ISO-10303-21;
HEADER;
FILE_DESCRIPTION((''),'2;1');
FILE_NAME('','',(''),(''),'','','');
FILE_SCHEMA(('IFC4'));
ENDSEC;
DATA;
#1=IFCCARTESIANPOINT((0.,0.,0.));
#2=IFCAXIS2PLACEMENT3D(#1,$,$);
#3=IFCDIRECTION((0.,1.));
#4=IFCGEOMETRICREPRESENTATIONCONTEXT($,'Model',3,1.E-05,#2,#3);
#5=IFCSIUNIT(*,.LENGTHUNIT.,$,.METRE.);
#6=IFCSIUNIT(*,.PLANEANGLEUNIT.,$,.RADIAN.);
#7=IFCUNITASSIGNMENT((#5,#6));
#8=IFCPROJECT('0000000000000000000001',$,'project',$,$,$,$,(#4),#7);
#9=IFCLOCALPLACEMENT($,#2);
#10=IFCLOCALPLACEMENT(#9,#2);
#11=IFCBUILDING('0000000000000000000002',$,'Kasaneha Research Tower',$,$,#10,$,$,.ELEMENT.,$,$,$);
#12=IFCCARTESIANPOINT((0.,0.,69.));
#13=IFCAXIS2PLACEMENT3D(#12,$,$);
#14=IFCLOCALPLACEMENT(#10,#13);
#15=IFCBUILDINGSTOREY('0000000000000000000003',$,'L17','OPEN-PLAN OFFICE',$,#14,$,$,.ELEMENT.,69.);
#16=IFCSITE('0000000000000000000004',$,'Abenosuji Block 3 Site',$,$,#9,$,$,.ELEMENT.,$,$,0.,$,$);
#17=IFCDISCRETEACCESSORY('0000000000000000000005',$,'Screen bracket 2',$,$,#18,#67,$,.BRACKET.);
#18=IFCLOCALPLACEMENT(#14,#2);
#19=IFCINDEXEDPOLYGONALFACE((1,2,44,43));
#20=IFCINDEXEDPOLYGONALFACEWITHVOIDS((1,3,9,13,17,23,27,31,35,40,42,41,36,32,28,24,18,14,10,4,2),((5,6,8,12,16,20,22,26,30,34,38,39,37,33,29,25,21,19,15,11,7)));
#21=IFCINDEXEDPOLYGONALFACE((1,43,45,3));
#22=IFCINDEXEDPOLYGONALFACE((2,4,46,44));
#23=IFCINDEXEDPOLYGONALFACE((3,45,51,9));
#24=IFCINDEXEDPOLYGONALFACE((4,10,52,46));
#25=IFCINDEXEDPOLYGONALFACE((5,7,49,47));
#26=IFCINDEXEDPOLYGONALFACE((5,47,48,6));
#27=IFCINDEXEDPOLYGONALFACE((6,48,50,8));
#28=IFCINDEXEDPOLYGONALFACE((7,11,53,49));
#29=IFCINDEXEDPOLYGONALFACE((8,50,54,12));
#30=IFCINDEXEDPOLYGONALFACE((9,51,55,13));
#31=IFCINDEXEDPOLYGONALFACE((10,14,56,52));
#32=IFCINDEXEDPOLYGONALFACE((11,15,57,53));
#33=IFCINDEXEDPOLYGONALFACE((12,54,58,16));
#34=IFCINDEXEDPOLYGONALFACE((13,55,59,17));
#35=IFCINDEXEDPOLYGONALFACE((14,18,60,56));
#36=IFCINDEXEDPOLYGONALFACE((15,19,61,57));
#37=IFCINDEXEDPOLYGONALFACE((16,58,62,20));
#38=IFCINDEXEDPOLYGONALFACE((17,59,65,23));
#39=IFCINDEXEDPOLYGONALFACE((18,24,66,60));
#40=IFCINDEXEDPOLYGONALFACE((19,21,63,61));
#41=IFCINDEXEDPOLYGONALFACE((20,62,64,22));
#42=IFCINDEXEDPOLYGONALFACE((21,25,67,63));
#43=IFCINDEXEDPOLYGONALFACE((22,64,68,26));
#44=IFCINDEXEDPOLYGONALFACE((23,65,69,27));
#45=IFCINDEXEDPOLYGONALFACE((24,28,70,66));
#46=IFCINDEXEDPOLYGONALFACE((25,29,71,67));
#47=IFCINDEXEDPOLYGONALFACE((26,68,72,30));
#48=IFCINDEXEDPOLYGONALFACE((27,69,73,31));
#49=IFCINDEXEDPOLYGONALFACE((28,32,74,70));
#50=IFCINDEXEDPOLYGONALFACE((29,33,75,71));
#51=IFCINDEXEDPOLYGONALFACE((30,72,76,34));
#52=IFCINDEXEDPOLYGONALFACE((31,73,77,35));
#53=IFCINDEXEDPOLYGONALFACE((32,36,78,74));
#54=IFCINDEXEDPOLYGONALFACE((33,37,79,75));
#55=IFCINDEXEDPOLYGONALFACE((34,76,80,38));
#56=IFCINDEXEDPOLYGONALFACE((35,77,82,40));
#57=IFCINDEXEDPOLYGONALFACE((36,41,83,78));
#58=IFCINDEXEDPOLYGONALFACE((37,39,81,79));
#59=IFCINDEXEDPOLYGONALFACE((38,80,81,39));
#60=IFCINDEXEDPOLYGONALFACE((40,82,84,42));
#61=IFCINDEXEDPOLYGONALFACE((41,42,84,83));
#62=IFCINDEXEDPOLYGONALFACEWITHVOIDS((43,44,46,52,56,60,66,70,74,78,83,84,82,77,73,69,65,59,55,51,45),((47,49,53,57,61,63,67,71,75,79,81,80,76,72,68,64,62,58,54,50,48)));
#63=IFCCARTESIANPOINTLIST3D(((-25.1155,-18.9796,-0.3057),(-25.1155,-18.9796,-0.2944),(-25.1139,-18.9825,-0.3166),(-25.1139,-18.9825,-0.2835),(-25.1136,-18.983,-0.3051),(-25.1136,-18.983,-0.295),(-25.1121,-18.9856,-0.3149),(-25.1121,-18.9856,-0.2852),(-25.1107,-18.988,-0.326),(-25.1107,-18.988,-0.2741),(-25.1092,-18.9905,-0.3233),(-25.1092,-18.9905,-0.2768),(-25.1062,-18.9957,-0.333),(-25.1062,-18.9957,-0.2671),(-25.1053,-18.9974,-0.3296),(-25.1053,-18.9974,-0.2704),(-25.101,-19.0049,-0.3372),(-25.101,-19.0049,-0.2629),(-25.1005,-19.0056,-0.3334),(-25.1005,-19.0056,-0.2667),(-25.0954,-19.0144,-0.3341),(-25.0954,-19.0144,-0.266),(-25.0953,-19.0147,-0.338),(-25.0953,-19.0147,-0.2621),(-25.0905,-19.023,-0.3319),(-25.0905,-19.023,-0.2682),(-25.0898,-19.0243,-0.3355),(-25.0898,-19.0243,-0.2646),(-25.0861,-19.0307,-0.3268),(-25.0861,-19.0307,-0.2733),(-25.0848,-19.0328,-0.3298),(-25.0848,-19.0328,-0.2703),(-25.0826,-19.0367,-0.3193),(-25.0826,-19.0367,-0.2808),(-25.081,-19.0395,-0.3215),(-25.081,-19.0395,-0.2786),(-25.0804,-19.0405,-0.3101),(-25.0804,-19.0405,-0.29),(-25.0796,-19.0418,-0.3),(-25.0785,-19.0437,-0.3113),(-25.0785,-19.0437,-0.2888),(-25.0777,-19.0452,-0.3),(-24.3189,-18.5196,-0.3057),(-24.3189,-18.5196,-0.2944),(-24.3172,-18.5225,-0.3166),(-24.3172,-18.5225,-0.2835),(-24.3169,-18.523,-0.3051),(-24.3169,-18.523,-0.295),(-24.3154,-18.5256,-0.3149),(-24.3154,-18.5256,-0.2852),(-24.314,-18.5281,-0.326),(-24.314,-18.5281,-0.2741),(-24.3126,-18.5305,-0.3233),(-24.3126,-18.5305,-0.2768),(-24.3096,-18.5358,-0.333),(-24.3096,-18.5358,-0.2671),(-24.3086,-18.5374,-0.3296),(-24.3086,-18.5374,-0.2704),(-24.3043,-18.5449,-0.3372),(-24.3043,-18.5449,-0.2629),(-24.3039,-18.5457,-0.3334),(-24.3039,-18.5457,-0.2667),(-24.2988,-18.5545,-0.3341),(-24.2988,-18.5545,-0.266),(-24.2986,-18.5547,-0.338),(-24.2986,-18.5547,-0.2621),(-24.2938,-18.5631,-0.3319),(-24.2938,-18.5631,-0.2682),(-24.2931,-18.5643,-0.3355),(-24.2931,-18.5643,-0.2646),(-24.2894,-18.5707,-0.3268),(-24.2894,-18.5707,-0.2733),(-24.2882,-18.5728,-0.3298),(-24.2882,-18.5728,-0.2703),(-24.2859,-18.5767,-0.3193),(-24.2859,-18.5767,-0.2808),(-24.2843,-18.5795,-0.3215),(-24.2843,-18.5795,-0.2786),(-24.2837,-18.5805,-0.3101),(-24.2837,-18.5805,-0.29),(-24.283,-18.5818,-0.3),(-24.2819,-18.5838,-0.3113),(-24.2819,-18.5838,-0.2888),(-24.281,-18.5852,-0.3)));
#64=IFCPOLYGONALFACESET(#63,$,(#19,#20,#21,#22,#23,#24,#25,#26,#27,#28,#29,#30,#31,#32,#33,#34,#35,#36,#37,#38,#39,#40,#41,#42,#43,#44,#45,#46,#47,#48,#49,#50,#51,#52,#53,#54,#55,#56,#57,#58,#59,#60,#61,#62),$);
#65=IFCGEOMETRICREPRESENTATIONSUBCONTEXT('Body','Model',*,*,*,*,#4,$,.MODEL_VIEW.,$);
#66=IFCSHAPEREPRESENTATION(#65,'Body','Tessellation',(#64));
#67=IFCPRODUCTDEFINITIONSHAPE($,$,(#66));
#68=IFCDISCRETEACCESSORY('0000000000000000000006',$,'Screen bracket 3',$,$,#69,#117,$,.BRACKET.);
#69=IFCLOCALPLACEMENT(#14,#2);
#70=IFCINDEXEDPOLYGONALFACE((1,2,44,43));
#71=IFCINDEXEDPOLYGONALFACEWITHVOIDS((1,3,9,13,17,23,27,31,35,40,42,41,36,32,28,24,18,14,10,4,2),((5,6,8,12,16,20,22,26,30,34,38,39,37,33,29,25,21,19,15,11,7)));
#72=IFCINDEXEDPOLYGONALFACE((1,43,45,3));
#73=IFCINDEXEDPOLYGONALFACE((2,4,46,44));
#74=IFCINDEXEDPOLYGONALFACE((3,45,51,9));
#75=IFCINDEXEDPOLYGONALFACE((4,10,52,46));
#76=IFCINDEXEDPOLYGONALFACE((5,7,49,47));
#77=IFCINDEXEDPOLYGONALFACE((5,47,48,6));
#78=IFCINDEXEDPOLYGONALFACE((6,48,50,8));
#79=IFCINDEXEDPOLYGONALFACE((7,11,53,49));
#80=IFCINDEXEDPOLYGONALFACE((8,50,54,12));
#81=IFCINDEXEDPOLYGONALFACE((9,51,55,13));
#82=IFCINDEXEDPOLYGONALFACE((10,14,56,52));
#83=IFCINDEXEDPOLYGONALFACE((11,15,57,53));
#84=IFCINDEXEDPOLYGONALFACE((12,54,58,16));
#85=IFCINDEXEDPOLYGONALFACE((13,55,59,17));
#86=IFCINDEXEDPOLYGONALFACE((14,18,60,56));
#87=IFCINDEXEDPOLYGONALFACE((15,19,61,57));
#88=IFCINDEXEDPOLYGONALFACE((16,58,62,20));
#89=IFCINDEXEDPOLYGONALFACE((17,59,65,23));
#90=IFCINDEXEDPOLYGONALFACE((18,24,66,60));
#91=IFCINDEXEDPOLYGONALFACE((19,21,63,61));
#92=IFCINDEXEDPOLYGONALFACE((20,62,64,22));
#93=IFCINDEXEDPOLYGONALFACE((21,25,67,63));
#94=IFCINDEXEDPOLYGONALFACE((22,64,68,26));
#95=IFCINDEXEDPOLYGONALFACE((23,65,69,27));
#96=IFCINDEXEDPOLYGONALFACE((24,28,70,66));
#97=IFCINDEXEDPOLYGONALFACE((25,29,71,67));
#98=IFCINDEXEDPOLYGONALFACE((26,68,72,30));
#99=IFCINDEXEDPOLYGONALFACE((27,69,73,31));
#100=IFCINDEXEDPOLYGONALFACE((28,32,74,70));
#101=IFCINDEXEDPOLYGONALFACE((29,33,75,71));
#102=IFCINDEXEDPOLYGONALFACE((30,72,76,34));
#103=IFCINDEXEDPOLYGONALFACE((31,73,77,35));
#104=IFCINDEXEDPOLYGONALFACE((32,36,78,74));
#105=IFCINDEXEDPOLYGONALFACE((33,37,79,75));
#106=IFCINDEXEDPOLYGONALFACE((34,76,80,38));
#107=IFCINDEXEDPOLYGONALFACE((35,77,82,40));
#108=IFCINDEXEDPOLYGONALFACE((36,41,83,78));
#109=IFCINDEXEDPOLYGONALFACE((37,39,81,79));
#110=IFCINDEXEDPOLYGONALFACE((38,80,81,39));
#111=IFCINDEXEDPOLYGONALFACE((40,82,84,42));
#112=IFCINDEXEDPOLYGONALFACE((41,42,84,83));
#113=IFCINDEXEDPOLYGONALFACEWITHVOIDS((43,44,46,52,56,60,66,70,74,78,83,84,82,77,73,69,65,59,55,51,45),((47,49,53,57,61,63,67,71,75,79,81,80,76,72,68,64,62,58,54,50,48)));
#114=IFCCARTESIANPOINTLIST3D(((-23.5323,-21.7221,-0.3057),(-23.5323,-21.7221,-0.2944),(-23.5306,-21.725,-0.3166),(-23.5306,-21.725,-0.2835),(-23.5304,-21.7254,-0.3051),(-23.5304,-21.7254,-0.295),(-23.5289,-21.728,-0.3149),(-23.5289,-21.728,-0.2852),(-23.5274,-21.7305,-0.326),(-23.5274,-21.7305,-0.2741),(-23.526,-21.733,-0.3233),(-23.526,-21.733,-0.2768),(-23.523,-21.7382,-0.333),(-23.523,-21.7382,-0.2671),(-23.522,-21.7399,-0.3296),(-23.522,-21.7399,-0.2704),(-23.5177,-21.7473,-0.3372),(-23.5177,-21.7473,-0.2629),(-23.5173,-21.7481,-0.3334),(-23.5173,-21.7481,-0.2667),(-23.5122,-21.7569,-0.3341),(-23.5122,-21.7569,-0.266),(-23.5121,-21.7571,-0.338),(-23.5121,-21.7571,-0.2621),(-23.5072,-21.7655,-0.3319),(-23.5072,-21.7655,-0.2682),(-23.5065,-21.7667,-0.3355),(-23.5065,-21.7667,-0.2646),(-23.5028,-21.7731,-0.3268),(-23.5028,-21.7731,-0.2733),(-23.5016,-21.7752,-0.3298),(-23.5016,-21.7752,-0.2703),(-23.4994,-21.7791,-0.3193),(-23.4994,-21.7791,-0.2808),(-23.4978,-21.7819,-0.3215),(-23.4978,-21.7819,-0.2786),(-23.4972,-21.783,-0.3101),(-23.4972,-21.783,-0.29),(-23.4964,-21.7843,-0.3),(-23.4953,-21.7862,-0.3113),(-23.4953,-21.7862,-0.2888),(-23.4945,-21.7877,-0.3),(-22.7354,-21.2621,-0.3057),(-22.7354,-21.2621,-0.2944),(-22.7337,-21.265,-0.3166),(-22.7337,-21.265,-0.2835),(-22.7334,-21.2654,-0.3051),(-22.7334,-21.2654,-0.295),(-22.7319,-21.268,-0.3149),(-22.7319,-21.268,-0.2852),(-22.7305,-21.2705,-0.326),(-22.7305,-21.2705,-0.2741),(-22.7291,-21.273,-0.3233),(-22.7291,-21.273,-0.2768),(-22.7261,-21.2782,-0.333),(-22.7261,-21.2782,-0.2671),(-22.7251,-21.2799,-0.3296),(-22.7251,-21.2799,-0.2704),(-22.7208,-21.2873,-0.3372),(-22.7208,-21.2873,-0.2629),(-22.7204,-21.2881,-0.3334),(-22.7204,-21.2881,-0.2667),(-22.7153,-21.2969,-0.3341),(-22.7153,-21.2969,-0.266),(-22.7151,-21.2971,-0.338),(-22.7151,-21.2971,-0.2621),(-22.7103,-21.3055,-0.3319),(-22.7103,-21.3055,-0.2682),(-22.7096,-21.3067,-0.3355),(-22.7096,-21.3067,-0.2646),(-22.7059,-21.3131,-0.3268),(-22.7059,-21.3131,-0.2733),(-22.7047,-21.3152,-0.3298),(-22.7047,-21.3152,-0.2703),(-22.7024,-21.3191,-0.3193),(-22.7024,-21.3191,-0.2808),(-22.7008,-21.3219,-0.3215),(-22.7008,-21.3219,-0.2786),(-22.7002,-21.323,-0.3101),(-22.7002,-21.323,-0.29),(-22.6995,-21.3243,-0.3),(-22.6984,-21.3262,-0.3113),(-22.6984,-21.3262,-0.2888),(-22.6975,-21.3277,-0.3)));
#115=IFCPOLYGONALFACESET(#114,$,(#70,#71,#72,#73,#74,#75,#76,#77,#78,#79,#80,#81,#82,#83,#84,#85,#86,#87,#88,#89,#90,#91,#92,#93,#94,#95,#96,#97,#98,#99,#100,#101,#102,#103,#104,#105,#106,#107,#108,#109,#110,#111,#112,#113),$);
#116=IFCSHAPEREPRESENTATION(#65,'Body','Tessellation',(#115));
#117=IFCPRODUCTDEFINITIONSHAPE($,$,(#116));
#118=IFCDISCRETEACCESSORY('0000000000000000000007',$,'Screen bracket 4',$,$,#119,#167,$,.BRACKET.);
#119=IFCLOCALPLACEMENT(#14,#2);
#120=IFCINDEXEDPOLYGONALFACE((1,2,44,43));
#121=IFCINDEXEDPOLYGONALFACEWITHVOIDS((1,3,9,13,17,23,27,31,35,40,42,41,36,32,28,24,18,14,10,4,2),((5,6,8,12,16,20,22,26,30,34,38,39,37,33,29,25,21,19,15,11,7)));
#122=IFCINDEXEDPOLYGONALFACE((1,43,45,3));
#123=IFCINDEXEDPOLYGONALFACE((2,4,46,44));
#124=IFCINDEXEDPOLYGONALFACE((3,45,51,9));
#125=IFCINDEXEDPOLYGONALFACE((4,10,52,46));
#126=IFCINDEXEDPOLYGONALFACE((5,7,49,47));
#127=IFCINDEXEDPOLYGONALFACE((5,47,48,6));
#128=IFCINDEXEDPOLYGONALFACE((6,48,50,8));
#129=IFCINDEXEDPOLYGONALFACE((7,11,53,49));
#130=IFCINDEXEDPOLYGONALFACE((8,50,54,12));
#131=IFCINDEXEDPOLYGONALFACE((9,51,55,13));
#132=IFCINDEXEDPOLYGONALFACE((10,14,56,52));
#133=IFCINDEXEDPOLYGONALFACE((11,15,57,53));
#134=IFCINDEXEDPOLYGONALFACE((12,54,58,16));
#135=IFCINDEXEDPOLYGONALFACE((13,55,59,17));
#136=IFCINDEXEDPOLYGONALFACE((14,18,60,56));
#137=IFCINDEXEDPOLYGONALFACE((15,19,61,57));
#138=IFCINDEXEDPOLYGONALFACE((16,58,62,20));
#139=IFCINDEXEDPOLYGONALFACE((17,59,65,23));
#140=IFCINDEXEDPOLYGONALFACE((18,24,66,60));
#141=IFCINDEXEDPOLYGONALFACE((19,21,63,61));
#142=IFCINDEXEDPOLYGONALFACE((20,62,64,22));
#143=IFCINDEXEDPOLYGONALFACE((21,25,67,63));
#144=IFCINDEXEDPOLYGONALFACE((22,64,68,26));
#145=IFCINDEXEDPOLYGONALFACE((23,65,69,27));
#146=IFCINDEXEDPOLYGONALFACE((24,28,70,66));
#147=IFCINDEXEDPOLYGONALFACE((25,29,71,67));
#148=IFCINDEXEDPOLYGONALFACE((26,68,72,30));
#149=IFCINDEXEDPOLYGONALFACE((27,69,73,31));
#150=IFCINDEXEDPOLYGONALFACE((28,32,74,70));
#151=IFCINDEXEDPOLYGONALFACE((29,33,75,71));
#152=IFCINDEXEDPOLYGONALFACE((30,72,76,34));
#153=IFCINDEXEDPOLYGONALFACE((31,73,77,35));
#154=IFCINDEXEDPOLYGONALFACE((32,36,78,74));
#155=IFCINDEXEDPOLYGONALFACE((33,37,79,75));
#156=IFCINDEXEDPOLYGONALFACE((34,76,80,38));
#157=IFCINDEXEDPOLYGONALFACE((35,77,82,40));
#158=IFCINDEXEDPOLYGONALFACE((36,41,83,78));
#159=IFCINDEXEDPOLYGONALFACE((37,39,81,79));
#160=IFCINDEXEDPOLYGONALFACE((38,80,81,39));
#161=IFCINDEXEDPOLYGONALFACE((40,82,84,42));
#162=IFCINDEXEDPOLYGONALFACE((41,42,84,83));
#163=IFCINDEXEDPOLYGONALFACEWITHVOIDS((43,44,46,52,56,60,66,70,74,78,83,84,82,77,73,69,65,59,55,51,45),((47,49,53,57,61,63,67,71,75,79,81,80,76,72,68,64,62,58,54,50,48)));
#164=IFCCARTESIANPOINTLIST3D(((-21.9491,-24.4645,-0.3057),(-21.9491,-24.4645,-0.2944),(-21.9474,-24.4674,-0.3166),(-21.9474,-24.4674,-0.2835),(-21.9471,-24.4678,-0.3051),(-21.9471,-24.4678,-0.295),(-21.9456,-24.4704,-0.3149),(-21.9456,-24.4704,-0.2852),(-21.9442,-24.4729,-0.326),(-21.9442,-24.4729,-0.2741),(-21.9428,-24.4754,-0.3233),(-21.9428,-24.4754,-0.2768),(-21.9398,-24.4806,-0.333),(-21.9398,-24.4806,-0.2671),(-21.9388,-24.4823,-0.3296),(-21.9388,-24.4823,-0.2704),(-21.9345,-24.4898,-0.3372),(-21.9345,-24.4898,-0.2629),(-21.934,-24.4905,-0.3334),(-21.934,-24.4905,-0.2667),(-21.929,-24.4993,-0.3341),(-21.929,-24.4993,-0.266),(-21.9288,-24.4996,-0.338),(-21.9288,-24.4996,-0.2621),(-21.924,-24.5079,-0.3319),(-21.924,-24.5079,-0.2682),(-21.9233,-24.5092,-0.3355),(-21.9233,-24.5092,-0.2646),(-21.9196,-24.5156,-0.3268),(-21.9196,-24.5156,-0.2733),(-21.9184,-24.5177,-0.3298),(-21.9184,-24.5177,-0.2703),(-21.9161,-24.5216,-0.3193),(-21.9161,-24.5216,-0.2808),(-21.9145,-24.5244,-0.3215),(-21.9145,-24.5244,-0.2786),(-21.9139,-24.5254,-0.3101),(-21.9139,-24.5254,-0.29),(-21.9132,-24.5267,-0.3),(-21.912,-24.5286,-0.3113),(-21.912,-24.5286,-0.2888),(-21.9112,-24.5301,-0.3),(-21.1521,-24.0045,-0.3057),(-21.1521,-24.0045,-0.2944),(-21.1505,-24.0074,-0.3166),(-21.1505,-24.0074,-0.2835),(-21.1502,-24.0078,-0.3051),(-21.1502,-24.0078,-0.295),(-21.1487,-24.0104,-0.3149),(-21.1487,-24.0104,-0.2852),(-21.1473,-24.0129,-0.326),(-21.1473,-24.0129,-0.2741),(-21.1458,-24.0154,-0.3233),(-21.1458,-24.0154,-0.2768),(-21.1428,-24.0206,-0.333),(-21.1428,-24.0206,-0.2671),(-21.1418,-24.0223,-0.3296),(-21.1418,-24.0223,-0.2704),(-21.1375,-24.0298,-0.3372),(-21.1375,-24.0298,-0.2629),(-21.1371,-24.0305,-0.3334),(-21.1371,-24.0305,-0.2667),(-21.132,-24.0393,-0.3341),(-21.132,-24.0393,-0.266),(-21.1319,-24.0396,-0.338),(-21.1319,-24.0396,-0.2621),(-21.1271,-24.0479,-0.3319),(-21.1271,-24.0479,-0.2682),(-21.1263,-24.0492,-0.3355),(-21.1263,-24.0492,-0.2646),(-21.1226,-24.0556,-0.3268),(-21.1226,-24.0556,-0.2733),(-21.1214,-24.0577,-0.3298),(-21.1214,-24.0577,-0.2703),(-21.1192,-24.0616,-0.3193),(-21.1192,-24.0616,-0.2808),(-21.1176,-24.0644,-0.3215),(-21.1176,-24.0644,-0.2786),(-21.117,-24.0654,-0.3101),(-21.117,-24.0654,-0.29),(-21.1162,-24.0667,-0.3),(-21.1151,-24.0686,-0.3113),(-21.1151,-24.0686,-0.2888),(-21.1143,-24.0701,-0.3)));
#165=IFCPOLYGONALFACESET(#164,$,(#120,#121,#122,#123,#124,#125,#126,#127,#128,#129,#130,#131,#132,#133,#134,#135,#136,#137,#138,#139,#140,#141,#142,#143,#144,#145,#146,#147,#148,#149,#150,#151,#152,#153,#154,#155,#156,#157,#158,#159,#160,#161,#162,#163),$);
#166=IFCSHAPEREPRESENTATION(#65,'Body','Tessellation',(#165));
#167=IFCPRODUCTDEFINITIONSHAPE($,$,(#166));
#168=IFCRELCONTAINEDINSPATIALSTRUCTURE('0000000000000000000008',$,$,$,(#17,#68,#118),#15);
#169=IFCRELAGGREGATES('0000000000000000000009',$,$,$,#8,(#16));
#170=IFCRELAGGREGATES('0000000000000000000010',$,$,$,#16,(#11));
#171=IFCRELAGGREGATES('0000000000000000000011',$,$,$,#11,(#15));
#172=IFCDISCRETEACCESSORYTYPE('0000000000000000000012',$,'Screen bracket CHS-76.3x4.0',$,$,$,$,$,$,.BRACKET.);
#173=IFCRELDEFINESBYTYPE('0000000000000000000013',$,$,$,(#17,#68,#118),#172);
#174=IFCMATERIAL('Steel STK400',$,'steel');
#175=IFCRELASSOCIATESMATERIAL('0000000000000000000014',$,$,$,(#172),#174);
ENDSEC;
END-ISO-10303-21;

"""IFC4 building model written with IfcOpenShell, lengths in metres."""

from ifc_helpers import new_model, si_unit, direction, frame, origin, origin_2d, place, context, subcontext, project, spatial, hollow_circle, extrude, material, material_profile, profile_set, type_object, element, save


model = new_model("IFC4")

# Units and contexts
model_context = context("Model", 3, precision=1e-05, world=origin(), true_north=direction((0.0, 1.0)))
body_context = subcontext(model_context, "Body", "Model", "MODEL_VIEW")
ifc_project = project(units=[si_unit("LENGTHUNIT", "METRE"), si_unit("PLANEANGLEUNIT", "RADIAN")], contexts=[model_context])

# Site, building, storey
site_placement = place(None, origin())
site = spatial("IfcSite", under=ifc_project, at=site_placement, Name="Abenosuji Block 3 Site", CompositionType="ELEMENT", RefElevation=0.0)
building_placement = place(site_placement, origin())
building = spatial("IfcBuilding", under=site, at=building_placement, Name="Kasaneha Research Tower", CompositionType="ELEMENT")
storey_placement = place(building_placement, frame((0.0, 0.0, 69.0)))
storey = spatial("IfcBuildingStorey", under=building, at=storey_placement, Name="L17", Description="OPEN-PLAN OFFICE", CompositionType="ELEMENT", Elevation=69.0)

# Discrete accessories
ifc_material_1 = material(Name="Steel STK400", Category="steel")
ifc_material_profile_1 = material_profile(ifc_material_1, hollow_circle(Radius=0.0381, WallThickness=0.0039, at=origin_2d()), Name="CHS-76.3x4.0")
ifc_profile_set_1 = profile_set([ifc_material_profile_1], Name="Steel STK400")
discrete_accessory_type = type_object("IfcDiscreteAccessoryType", Name="Screen bracket CHS-76.3x4.0", PredefinedType="BRACKET", material=ifc_profile_set_1)
discrete_accessory_1_placement = place(storey_placement, frame((-24.3, -18.5522, -0.3), z_axis=(-0.866013, -0.500021, 0.0), x_axis=(0.500021, -0.866013, 0.0)))
element("IfcDiscreteAccessory", 1, at=discrete_accessory_1_placement, inside=storey, type_object=discrete_accessory_type, Name="Screen bracket 2", PredefinedType="BRACKET", context=body_context, shape_type="SweptSolid", body=[
    extrude(hollow_circle(Radius=0.0381, WallThickness=0.0039, at=origin_2d()), origin(), (0.0, 0.0, 1.0), 0.9199),
])
for number, where, z_axis, x_axis, name in (
    (2, (-22.7166, -21.2947, -0.3), (-0.86608, -0.499906, 0.0), (0.499906, -0.86608, 0.0), "Screen bracket 3"),
    (3, (-21.1333, -24.0371, -0.3), (-0.86608, -0.499906, 0.0), (0.499906, -0.86608, 0.0), "Screen bracket 4"),
):
    element("IfcDiscreteAccessory", number, at=place(storey_placement, frame(where, z_axis=z_axis, x_axis=x_axis)), inside=storey, type_object=discrete_accessory_type, Name=name, PredefinedType="BRACKET", context=body_context, shape_type="SweptSolid", body=[
        extrude(hollow_circle(Radius=0.0381, WallThickness=0.0039, at=origin_2d()), origin(), (0.0, 0.0, 1.0), 0.9202),
    ])

save(model, "model.ifc")
